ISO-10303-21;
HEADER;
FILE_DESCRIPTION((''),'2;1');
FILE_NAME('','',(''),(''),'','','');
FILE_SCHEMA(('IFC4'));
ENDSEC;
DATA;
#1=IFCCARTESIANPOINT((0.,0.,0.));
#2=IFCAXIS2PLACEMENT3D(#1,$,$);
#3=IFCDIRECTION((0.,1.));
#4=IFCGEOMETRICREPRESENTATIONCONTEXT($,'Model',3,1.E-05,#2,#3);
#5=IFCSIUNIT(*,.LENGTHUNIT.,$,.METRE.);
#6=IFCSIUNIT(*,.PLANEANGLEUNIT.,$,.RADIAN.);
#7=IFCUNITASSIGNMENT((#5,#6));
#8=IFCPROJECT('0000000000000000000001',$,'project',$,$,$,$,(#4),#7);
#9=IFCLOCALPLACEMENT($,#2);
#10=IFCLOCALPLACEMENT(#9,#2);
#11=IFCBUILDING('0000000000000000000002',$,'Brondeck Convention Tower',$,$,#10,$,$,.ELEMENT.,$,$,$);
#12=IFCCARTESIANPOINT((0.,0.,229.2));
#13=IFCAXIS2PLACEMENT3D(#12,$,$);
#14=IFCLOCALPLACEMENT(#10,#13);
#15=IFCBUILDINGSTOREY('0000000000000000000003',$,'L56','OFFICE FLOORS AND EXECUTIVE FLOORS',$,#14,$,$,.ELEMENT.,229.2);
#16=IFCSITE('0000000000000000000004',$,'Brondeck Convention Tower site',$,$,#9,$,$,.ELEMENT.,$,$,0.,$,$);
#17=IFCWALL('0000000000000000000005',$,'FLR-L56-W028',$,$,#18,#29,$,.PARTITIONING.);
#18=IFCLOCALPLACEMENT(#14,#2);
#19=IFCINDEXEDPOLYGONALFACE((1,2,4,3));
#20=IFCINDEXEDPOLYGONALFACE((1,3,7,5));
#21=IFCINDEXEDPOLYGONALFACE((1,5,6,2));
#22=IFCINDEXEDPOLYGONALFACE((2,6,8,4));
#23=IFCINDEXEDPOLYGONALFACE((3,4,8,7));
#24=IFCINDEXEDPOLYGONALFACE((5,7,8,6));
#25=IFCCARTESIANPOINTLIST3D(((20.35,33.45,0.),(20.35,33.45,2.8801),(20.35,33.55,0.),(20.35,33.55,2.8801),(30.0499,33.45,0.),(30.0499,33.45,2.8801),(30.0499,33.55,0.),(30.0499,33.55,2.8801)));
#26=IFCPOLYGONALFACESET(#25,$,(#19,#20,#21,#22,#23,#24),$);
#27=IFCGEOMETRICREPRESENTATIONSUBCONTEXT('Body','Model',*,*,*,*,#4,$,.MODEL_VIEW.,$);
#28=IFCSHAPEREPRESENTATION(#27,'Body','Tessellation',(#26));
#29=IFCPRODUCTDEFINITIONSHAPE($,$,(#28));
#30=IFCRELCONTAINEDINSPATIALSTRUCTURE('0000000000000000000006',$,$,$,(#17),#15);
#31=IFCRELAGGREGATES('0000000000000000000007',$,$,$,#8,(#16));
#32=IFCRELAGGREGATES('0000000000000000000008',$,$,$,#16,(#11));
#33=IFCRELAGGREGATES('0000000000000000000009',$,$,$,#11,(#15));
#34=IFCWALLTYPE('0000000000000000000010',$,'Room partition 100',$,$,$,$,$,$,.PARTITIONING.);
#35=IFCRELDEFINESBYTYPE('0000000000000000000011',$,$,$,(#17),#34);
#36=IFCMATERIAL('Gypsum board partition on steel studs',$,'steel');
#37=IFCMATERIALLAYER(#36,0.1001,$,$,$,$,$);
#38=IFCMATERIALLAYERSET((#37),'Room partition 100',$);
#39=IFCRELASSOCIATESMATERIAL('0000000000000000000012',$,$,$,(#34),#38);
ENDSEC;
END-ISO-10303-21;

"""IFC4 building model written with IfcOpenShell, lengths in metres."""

from ifc_helpers import new_model, si_unit, direction, frame, frame_2d, origin, place, context, subcontext, project, spatial, rectangle, extrude, material, layer, layer_set, type_object, element, save


model = new_model("IFC4")

# Units and contexts
model_context = context("Model", 3, precision=1e-05, world=origin(), true_north=direction((0.0, 1.0)))
body_context = subcontext(model_context, "Body", "Model", "MODEL_VIEW")
ifc_project = project(units=[si_unit("LENGTHUNIT", "METRE"), si_unit("PLANEANGLEUNIT", "RADIAN")], contexts=[model_context])

# Site, building, storey
site_placement = place(None, origin())
site = spatial("IfcSite", under=ifc_project, at=site_placement, Name="Brondeck Convention Tower site", CompositionType="ELEMENT", RefElevation=0.0)
building_placement = place(site_placement, origin())
building = spatial("IfcBuilding", under=site, at=building_placement, Name="Brondeck Convention Tower", CompositionType="ELEMENT")
storey_placement = place(building_placement, frame((0.0, 0.0, 229.2)))
storey = spatial("IfcBuildingStorey", under=building, at=storey_placement, Name="L56", Description="OFFICE FLOORS AND EXECUTIVE FLOORS", CompositionType="ELEMENT", Elevation=229.2)

# Wall
ifc_material_1 = material(Name="Gypsum board partition on steel studs", Category="steel")
ifc_layer_1 = layer(ifc_material_1, 0.1001)
ifc_layer_set_1 = layer_set([ifc_layer_1], Name="Room partition 100")
wall_type_1 = type_object("IfcWallType", Name="Room partition 100", PredefinedType="PARTITIONING", material=ifc_layer_set_1)
wall_1_placement = place(storey_placement, frame((30.05, 33.5, 0.0), z_axis=(0.0, 0.0, 1.0), x_axis=(-1.0, 0.0, 0.0)))
element("IfcWall", 1, at=wall_1_placement, inside=storey, type_object=wall_type_1, Name="FLR-L56-W028", PredefinedType="PARTITIONING", context=body_context, shape_type="SweptSolid", body=[
    extrude(rectangle(XDim=9.7, YDim=0.1001, at=frame_2d((4.8501, 0.0))), origin(), (0.0, 0.0, 1.0), 2.8801),
])

save(model, "model.ifc")
